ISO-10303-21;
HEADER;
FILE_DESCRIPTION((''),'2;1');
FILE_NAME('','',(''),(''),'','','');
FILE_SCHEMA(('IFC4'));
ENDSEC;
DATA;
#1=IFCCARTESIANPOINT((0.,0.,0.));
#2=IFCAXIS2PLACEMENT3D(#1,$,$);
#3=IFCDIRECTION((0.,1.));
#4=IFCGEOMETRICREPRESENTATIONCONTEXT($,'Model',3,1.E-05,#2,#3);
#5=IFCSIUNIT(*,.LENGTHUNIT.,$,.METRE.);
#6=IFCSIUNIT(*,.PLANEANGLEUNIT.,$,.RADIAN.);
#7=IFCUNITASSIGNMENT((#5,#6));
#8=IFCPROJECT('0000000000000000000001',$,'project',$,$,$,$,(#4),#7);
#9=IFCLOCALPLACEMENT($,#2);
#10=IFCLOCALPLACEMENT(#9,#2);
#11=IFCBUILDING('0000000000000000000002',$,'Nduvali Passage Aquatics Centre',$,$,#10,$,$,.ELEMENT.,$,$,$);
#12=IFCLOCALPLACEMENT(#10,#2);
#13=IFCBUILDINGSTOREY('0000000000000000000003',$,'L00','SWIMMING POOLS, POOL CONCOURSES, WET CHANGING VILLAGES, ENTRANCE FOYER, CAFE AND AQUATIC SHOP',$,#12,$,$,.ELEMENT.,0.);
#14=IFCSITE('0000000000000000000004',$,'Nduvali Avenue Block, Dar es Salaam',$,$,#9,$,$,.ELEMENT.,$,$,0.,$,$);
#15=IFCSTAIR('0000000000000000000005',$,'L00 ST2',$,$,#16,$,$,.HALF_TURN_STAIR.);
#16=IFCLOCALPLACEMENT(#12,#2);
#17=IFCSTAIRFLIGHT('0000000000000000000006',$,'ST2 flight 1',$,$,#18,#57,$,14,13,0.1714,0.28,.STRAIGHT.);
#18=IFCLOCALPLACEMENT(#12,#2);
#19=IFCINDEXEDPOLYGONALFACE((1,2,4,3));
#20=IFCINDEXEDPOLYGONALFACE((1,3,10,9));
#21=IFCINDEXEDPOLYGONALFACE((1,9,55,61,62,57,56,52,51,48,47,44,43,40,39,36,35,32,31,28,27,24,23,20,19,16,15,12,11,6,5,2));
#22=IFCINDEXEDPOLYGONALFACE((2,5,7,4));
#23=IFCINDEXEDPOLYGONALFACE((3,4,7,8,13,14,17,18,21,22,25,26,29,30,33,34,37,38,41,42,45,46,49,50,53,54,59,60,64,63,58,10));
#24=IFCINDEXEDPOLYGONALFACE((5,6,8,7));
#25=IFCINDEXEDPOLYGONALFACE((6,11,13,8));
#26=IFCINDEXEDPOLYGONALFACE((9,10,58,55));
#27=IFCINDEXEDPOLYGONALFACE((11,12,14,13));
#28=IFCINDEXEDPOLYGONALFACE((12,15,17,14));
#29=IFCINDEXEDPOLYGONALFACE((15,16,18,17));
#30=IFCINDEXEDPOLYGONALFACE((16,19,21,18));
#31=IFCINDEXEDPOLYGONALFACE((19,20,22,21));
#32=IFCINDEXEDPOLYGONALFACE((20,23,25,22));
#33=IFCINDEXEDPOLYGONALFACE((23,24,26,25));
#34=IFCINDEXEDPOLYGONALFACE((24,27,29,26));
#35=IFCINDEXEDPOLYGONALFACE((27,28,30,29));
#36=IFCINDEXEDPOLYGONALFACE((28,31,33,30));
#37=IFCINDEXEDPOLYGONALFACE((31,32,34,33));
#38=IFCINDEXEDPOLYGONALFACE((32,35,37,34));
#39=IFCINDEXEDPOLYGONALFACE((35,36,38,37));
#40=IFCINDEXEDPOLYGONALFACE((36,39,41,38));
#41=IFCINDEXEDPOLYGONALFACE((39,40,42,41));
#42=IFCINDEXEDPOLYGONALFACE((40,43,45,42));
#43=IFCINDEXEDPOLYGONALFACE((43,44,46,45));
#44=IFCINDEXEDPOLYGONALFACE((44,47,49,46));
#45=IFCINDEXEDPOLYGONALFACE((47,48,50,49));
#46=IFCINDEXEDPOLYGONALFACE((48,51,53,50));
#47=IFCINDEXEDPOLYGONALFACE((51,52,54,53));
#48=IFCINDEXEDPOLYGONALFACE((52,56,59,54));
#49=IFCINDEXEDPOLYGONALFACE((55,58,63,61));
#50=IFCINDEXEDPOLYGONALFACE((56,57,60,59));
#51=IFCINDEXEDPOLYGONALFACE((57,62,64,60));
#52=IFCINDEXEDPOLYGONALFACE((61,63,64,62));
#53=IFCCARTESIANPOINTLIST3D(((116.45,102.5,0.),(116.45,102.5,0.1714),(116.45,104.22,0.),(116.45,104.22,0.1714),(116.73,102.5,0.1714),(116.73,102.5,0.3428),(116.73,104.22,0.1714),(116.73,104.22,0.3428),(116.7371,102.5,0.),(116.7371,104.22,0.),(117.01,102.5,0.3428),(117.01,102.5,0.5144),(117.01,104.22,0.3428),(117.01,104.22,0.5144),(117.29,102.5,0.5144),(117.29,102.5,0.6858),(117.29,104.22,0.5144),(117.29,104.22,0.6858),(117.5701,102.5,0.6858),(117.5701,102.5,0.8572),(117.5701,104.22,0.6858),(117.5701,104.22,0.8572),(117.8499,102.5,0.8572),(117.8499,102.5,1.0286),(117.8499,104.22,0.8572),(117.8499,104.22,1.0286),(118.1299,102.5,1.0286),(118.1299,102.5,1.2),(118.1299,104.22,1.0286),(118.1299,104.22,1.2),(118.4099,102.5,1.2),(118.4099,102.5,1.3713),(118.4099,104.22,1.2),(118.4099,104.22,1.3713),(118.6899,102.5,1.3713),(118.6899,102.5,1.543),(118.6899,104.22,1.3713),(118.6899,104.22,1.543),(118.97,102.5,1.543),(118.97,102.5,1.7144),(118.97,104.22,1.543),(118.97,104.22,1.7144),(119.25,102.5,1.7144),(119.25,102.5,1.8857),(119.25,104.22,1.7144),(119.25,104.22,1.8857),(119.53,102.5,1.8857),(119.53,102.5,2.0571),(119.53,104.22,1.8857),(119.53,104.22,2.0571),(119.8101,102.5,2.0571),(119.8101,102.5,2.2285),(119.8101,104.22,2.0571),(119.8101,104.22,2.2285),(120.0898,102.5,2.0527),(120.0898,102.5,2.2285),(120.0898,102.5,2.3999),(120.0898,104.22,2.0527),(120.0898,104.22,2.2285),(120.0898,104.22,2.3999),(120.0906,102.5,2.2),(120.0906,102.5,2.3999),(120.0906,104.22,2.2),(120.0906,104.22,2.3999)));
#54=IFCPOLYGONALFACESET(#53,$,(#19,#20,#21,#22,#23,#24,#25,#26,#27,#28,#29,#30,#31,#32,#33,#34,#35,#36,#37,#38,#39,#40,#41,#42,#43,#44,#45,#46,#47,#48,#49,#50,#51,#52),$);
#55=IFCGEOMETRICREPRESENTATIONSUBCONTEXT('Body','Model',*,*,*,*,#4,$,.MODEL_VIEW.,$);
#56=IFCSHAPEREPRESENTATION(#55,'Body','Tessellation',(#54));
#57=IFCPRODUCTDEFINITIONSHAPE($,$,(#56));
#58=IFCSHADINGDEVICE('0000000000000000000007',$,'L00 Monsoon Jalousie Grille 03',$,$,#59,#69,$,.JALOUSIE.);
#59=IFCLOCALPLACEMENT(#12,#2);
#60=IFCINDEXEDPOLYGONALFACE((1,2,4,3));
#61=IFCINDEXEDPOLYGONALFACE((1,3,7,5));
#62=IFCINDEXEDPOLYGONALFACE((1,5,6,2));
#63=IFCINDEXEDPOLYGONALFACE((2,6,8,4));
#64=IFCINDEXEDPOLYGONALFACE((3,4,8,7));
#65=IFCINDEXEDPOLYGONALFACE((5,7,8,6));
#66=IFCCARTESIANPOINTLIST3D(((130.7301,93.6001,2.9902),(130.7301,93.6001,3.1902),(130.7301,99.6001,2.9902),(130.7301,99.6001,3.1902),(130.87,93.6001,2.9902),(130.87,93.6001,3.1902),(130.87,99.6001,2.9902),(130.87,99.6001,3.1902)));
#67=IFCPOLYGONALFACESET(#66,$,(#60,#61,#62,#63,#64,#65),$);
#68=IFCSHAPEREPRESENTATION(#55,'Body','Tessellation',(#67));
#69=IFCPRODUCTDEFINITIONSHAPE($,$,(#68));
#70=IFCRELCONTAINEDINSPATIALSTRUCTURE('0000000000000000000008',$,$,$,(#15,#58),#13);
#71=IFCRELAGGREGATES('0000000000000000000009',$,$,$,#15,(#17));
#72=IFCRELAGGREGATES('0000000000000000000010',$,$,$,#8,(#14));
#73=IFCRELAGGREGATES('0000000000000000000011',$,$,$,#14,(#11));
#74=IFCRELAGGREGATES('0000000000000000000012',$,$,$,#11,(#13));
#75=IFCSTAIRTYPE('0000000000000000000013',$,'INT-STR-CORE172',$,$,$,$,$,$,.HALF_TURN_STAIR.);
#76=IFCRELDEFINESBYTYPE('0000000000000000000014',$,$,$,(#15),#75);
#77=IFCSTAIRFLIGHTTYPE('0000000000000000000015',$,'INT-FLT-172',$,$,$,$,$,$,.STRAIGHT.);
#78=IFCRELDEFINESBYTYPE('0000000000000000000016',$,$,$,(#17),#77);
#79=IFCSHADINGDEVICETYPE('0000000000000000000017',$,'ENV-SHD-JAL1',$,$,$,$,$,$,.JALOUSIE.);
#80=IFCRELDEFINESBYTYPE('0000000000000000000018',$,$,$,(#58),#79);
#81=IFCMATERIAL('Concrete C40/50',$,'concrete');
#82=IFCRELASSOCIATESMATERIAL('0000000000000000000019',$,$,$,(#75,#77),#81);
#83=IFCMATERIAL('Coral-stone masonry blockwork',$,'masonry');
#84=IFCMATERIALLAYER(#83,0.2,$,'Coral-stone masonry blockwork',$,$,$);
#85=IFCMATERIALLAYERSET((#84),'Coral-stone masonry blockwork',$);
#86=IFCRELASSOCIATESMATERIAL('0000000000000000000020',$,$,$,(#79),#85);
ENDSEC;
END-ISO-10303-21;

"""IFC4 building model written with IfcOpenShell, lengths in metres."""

from ifc_helpers import new_model, si_unit, direction, frame, origin, origin_2d, place, context, subcontext, project, spatial, polyline, rectangle, outline, extrude, material, layer, layer_set, type_object, element, aggregate, save


model = new_model("IFC4")

# Units and contexts
model_context = context("Model", 3, precision=1e-05, world=origin(), true_north=direction((0.0, 1.0)))
body_context = subcontext(model_context, "Body", "Model", "MODEL_VIEW")
ifc_project = project(units=[si_unit("LENGTHUNIT", "METRE"), si_unit("PLANEANGLEUNIT", "RADIAN")], contexts=[model_context])

# Site, building, storey
site_placement = place(None, origin())
site = spatial("IfcSite", under=ifc_project, at=site_placement, Name="Nduvali Avenue Block, Dar es Salaam", CompositionType="ELEMENT", RefElevation=0.0)
building_placement = place(site_placement, origin())
building = spatial("IfcBuilding", under=site, at=building_placement, Name="Nduvali Passage Aquatics Centre", CompositionType="ELEMENT")
storey_placement = place(building_placement, origin())
storey = spatial("IfcBuildingStorey", under=building, at=storey_placement, Name="L00", Description="SWIMMING POOLS, POOL CONCOURSES, WET CHANGING VILLAGES, ENTRANCE FOYER, CAFE AND AQUATIC SHOP", CompositionType="ELEMENT", Elevation=0.0)

# Shared definitions
ifc_material_1 = material(Name="Concrete C40/50", Category="concrete")

# Shared definitions
ifc_material_2 = material(Name="Coral-stone masonry blockwork", Category="masonry")

# Stair, stair flight
stair_type = type_object("IfcStairType", Name="INT-STR-CORE172", PredefinedType="HALF_TURN_STAIR", material=ifc_material_1)
stair_placement = place(storey_placement, origin())
stair = element("IfcStair", 1, at=stair_placement, inside=storey, type_object=stair_type, Name="L00 ST2", PredefinedType="HALF_TURN_STAIR")
stair_flight_type = type_object("IfcStairFlightType", Name="INT-FLT-172", PredefinedType="STRAIGHT", material=ifc_material_1)
stair_flight_placement = place(storey_placement, frame((116.45, 103.3601, 0.0), z_axis=(0.0, 0.0, 1.0), x_axis=(1.0, 0.0, 0.0)))
stair_flight = element("IfcStairFlight", 2, at=stair_flight_placement, type_object=stair_flight_type, Name="ST2 flight 1", NumberOfRisers=14, NumberOfTreads=13, PredefinedType="STRAIGHT", RiserHeight=0.1714, TreadLength=0.28, context=body_context, shape_type="SweptSolid", body=[
    extrude(outline(polyline([(0.0, 0.0), (0.0, 0.1714), (0.28, 0.1714), (0.28, 0.3428), (0.5601, 0.3428), (0.5601, 0.5144), (0.8401, 0.5144), (0.8401, 0.6858), (1.1201, 0.6858), (1.1201, 0.8572), (1.3999, 0.8572), (1.3999, 1.0286), (1.6799, 1.0286), (1.6799, 1.2), (1.96, 1.2), (1.96, 1.3713), (2.24, 1.3713), (2.24, 1.543), (2.52, 1.543), (2.52, 1.7144), (2.8, 1.7144), (2.8, 1.8857), (3.0801, 1.8857), (3.0801, 2.0571), (3.3601, 2.0571), (3.3601, 2.2285), (3.6399, 2.2285), (3.6399, 2.3999), (3.6406, 2.3999), (3.6406, 2.2), (3.6399, 2.0527), (0.2871, 0.0), (0.0, 0.0)])), frame((0.0, 0.8599, 0.0), z_axis=(0.0, -1.0, 0.0), x_axis=(1.0, 0.0, 0.0)), (0.0, 0.0, 1.0), 1.72),
])
aggregate(stair, [stair_flight])

# Shading device
ifc_layer_1 = layer(ifc_material_2, 0.2, Name="Coral-stone masonry blockwork")
ifc_layer_set_1 = layer_set([ifc_layer_1], Name="Coral-stone masonry blockwork")
shading_device_type = type_object("IfcShadingDeviceType", Name="ENV-SHD-JAL1", PredefinedType="JALOUSIE", material=ifc_layer_set_1)
shading_device_placement = place(storey_placement, frame((130.8, 96.6001, 2.9902), z_axis=(0.0, 0.0, 1.0), x_axis=(0.0, 1.0, 0.0)))
element("IfcShadingDevice", 3, at=shading_device_placement, inside=storey, type_object=shading_device_type, Name="L00 Monsoon Jalousie Grille 03", PredefinedType="JALOUSIE", context=body_context, shape_type="SweptSolid", body=[
    extrude(rectangle(XDim=6.0, YDim=0.1399, at=origin_2d()), origin(), (0.0, 0.0, 1.0), 0.2),
])

save(model, "model.ifc")
